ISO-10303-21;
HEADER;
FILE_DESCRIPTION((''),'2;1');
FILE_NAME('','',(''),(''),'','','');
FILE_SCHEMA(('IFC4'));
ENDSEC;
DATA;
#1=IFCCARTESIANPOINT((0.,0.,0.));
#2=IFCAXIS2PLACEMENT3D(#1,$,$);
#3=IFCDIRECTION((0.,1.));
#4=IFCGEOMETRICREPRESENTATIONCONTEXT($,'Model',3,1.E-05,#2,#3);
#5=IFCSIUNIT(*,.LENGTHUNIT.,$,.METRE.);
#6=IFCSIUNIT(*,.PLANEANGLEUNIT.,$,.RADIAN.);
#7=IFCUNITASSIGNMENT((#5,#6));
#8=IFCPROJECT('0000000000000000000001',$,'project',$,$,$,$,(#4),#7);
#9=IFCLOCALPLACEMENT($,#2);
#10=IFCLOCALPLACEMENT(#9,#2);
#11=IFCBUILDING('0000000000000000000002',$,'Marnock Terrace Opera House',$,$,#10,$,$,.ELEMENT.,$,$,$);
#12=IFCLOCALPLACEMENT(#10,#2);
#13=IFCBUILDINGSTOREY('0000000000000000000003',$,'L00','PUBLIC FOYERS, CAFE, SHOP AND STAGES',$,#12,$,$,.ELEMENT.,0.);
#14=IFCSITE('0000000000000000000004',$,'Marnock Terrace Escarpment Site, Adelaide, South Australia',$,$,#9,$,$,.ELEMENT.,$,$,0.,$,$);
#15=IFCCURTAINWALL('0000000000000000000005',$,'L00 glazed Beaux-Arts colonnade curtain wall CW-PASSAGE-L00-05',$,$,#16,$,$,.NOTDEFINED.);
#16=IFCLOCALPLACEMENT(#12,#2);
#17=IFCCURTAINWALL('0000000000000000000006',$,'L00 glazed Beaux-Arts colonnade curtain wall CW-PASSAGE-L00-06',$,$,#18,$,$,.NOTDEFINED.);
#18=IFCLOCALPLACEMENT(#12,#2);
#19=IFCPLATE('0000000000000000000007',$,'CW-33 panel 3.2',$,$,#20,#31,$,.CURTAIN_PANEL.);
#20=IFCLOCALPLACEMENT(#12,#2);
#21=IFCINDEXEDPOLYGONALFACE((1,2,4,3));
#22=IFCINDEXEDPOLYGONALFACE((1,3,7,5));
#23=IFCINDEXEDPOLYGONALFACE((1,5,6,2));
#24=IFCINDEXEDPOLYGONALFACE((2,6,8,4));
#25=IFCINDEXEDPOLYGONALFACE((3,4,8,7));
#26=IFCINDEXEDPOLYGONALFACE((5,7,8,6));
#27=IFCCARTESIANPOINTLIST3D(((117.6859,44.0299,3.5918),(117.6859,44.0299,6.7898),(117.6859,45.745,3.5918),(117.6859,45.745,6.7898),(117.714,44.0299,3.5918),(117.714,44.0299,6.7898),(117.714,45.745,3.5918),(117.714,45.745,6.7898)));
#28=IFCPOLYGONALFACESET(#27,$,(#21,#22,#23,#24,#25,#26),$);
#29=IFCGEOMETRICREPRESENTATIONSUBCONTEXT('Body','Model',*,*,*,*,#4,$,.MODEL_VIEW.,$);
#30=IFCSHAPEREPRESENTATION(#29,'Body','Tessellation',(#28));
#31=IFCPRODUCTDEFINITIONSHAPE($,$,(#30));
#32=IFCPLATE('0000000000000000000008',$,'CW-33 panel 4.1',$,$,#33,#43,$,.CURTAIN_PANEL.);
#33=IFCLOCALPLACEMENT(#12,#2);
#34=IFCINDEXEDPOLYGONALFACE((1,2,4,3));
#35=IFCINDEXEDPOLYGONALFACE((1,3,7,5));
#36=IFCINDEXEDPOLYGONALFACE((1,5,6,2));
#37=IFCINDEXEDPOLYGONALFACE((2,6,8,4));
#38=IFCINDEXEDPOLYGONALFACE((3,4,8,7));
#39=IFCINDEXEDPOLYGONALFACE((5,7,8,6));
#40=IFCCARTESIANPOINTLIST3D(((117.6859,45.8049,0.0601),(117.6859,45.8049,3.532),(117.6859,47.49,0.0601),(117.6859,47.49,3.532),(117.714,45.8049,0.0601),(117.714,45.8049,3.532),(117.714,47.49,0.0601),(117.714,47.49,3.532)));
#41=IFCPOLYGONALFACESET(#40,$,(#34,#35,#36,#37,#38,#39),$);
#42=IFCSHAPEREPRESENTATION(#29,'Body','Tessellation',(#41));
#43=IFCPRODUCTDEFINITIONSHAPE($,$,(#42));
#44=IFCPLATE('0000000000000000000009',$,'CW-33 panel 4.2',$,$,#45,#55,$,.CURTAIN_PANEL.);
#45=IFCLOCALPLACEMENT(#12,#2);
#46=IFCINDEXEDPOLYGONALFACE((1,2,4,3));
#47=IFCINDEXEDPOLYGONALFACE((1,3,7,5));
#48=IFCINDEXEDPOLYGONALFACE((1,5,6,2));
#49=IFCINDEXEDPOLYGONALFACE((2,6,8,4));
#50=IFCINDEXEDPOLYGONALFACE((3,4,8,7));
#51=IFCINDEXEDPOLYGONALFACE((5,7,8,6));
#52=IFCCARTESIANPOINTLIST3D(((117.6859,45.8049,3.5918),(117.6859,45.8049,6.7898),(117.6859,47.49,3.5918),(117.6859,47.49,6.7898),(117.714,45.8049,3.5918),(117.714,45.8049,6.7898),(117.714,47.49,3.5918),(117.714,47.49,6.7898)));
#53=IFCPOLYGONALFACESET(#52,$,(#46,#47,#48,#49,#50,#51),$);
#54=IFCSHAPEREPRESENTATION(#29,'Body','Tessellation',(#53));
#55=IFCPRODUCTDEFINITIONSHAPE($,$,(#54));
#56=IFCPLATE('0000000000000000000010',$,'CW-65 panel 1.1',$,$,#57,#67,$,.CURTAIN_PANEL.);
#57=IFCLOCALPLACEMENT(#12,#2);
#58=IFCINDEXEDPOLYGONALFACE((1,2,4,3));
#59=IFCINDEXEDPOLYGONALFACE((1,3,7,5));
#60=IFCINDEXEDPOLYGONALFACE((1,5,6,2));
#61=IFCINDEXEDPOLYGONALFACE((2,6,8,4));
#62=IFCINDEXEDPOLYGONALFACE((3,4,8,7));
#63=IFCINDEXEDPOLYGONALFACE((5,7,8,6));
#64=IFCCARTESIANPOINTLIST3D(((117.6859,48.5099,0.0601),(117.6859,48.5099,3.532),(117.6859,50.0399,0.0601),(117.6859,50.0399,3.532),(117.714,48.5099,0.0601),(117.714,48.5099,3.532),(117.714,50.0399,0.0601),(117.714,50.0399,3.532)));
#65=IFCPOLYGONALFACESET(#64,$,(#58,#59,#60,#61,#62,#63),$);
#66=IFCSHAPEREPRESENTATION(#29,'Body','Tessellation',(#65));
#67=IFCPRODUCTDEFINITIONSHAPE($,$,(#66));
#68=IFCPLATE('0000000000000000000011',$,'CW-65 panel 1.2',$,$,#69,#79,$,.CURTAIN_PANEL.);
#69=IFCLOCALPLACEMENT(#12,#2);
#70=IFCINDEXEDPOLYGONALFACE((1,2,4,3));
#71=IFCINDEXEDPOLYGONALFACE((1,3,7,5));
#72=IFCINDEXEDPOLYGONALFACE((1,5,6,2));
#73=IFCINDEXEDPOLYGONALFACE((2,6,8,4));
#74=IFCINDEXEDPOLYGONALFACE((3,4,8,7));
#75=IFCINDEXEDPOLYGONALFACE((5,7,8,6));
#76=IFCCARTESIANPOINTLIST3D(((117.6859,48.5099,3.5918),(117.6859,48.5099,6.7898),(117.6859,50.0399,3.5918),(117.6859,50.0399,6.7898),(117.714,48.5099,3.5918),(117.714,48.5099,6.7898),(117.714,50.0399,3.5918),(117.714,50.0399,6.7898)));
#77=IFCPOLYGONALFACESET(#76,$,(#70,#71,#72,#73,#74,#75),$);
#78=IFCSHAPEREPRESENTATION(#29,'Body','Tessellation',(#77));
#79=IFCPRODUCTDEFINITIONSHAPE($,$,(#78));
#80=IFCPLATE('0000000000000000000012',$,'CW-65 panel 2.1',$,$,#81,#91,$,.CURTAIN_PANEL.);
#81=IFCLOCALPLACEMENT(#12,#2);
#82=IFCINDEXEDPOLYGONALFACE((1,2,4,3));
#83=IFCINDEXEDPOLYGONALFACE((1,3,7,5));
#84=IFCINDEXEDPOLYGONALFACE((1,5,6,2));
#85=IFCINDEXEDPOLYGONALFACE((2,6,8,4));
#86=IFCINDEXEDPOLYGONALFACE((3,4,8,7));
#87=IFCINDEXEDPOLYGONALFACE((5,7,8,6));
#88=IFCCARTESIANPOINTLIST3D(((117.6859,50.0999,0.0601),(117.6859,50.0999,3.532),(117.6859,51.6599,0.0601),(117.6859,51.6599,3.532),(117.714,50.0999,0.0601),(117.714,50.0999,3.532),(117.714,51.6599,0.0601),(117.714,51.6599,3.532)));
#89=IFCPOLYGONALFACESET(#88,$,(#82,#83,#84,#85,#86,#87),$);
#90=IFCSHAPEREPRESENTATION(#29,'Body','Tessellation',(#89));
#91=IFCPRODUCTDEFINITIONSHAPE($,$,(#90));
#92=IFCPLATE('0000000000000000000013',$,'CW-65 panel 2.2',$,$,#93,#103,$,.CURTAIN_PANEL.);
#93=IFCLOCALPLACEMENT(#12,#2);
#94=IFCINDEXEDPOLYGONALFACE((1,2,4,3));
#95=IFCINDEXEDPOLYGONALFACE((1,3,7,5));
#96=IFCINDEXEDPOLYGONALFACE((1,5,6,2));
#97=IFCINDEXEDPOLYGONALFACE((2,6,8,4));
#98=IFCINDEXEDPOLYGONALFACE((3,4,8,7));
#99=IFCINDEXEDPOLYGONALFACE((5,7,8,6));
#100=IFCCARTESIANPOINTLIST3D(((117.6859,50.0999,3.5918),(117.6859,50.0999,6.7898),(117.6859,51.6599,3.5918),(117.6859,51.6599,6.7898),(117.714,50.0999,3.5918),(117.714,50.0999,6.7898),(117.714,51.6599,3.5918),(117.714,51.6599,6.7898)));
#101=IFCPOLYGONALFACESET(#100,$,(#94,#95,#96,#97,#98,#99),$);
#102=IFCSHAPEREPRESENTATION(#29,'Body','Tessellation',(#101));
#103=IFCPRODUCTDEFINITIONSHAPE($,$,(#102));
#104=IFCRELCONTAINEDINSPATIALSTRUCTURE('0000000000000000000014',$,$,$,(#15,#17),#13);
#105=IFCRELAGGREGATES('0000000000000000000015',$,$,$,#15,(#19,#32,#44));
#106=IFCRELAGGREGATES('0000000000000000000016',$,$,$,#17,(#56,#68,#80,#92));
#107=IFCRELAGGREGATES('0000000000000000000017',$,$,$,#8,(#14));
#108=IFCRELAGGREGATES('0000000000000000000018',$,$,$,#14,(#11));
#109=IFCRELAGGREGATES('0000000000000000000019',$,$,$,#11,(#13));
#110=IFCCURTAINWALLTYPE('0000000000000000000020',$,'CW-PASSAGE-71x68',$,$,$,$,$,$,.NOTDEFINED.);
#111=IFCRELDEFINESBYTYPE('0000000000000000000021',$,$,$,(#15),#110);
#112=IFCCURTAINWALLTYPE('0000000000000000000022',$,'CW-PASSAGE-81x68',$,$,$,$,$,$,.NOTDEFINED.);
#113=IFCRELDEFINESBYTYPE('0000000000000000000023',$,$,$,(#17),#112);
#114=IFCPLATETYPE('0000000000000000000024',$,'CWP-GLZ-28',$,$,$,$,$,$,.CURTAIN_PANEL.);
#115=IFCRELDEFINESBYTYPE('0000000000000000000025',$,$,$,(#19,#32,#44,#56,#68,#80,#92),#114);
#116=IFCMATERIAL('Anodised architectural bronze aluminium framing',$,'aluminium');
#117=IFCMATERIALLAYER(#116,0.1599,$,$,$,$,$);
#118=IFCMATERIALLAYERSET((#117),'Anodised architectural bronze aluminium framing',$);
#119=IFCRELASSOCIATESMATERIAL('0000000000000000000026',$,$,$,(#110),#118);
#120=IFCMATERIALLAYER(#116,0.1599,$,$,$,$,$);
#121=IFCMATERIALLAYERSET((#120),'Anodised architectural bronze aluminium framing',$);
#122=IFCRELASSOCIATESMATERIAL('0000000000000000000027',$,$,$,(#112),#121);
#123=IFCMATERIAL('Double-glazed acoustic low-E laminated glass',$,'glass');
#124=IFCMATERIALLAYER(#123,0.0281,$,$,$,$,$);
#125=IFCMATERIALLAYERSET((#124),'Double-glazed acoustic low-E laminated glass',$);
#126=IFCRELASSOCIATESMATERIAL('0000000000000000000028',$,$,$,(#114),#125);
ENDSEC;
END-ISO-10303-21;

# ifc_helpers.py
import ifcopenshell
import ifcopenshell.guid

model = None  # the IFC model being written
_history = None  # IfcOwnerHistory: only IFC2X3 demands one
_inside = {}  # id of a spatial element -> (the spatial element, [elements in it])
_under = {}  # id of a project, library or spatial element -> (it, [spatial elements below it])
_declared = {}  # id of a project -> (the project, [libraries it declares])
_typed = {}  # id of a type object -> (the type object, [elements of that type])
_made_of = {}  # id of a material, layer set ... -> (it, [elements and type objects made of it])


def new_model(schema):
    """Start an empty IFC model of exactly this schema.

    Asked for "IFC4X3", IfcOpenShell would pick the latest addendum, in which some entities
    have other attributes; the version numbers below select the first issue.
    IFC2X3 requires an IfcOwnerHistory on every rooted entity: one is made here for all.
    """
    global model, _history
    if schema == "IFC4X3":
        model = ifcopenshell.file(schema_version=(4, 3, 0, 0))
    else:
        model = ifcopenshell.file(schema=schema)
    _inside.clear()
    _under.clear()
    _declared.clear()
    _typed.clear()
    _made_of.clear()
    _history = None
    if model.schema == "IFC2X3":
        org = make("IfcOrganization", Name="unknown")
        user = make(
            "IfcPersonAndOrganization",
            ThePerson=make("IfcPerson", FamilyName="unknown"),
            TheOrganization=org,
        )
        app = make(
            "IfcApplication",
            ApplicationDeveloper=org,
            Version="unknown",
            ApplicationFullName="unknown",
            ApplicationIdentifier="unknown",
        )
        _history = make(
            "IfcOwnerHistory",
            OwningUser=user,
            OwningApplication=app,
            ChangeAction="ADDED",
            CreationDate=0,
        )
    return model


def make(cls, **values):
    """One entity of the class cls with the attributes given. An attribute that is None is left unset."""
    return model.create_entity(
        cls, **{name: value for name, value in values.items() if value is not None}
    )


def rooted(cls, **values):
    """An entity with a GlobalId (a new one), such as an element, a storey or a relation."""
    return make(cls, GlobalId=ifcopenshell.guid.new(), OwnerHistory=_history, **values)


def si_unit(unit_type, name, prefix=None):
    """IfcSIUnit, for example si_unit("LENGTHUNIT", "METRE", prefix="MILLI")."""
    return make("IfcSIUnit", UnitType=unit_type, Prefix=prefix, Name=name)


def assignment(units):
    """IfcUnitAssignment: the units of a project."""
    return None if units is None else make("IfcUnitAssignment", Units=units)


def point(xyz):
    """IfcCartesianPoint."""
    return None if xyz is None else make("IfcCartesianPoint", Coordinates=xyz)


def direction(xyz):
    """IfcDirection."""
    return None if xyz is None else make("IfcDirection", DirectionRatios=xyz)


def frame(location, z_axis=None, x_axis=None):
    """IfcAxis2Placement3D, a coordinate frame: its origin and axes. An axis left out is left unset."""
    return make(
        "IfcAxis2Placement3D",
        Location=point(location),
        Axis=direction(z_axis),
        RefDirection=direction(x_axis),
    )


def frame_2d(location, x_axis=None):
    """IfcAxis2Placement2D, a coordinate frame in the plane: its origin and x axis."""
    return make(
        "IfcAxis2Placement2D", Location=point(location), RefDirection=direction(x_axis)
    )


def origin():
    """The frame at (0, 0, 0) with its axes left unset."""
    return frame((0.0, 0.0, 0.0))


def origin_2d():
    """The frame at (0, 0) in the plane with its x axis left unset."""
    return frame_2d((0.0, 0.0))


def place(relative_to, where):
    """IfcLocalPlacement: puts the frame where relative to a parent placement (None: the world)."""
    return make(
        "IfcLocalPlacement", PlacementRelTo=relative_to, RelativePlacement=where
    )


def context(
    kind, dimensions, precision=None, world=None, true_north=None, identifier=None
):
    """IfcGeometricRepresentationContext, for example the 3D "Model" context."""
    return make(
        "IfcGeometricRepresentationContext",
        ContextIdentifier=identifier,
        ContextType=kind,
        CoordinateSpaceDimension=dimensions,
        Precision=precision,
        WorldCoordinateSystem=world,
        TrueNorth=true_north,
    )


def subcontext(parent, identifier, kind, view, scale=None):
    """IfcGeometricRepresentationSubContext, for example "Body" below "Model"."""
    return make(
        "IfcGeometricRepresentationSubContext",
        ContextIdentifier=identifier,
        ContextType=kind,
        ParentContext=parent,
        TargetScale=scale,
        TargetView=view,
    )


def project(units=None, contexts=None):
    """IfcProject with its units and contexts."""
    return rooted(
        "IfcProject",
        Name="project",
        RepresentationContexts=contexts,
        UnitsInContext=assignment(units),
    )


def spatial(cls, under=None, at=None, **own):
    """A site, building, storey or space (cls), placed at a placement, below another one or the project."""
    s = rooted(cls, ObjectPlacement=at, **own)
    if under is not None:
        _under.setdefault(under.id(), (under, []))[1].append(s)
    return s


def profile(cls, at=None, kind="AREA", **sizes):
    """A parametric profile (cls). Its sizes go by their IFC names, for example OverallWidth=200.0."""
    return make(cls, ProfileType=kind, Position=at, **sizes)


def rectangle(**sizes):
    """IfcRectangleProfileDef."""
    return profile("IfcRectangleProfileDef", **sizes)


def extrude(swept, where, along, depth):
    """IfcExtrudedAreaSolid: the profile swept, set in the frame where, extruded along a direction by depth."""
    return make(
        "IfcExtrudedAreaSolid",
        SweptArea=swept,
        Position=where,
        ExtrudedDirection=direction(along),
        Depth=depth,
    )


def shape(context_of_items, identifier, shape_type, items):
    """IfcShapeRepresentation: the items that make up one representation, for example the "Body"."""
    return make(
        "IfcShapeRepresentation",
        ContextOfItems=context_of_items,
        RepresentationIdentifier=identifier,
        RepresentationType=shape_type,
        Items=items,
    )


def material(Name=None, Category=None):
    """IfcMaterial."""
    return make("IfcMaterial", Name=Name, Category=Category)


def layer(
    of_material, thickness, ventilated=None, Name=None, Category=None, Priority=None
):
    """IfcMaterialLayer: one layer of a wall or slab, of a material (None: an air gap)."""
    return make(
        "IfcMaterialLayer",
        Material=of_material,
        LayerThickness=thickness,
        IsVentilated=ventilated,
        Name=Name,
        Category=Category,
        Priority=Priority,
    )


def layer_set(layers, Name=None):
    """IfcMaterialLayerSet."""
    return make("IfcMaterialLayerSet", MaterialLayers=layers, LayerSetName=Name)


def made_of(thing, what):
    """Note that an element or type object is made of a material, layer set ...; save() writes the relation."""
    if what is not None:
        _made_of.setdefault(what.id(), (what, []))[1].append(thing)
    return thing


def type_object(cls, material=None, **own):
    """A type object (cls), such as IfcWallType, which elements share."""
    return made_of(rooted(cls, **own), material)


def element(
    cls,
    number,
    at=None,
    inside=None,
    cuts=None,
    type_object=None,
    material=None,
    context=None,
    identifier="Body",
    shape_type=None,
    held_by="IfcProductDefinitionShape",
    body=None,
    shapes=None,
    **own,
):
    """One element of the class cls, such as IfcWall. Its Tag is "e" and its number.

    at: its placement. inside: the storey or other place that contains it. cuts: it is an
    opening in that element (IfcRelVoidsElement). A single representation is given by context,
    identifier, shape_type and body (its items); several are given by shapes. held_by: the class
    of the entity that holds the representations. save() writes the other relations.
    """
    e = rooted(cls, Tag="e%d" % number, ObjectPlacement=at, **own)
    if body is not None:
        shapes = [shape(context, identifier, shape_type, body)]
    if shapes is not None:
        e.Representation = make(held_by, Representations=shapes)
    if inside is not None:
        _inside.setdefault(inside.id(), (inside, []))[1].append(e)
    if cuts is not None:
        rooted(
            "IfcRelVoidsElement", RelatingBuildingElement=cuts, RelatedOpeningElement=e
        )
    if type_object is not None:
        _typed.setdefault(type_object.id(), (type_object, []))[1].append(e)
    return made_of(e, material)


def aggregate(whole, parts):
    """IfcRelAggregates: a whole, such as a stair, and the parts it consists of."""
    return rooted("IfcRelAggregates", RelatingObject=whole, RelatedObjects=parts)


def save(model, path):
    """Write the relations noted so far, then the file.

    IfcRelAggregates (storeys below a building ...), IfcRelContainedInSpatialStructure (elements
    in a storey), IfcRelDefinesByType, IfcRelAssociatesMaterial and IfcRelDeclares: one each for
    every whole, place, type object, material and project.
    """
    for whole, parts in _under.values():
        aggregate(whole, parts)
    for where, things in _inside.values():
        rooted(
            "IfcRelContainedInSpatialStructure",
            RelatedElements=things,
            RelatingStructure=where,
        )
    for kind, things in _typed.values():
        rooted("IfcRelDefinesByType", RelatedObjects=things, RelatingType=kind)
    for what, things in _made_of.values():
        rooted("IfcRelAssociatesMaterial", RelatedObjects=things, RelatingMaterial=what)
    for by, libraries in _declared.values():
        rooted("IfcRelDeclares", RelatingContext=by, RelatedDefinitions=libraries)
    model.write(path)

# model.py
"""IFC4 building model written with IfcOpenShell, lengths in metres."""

from ifc_helpers import new_model, si_unit, direction, frame, origin, origin_2d, place, context, subcontext, project, spatial, rectangle, extrude, material, layer, layer_set, type_object, element, aggregate, save


model = new_model("IFC4")

# Units and contexts
model_context = context("Model", 3, precision=1e-05, world=origin(), true_north=direction((0.0, 1.0)))
body_context = subcontext(model_context, "Body", "Model", "MODEL_VIEW")
ifc_project = project(units=[si_unit("LENGTHUNIT", "METRE"), si_unit("PLANEANGLEUNIT", "RADIAN")], contexts=[model_context])

# Site, building, storey
site_placement = place(None, origin())
site = spatial("IfcSite", under=ifc_project, at=site_placement, Name="Marnock Terrace Escarpment Site, Adelaide, South Australia", CompositionType="ELEMENT", RefElevation=0.0)
building_placement = place(site_placement, origin())
building = spatial("IfcBuilding", under=site, at=building_placement, Name="Marnock Terrace Opera House", CompositionType="ELEMENT")
storey_placement = place(building_placement, origin())
storey = spatial("IfcBuildingStorey", under=building, at=storey_placement, Name="L00", Description="PUBLIC FOYERS, CAFE, SHOP AND STAGES", CompositionType="ELEMENT", Elevation=0.0)

# Shared definitions
ifc_material_1 = material(Name="Anodised architectural bronze aluminium framing", Category="aluminium")

# Curtain walls
ifc_layer_1 = layer(ifc_material_1, 0.1599)
ifc_layer_set_1 = layer_set([ifc_layer_1], Name="Anodised architectural bronze aluminium framing")
curtain_wall_type_1 = type_object("IfcCurtainWallType", Name="CW-PASSAGE-71x68", PredefinedType="NOTDEFINED", material=ifc_layer_set_1)
curtain_wall_1_placement = place(storey_placement, origin())
curtain_wall_1 = element("IfcCurtainWall", 1, at=curtain_wall_1_placement, inside=storey, type_object=curtain_wall_type_1, Name="L00 glazed Beaux-Arts colonnade curtain wall CW-PASSAGE-L00-05", PredefinedType="NOTDEFINED")
ifc_layer_2 = layer(ifc_material_1, 0.1599)
ifc_layer_set_2 = layer_set([ifc_layer_2], Name="Anodised architectural bronze aluminium framing")
curtain_wall_type_2 = type_object("IfcCurtainWallType", Name="CW-PASSAGE-81x68", PredefinedType="NOTDEFINED", material=ifc_layer_set_2)
curtain_wall_2_placement = place(storey_placement, origin())
curtain_wall_2 = element("IfcCurtainWall", 2, at=curtain_wall_2_placement, inside=storey, type_object=curtain_wall_type_2, Name="L00 glazed Beaux-Arts colonnade curtain wall CW-PASSAGE-L00-06", PredefinedType="NOTDEFINED")

# Plates
ifc_material_2 = material(Name="Double-glazed acoustic low-E laminated glass", Category="glass")
ifc_layer_3 = layer(ifc_material_2, 0.0281)
ifc_layer_set_3 = layer_set([ifc_layer_3], Name="Double-glazed acoustic low-E laminated glass")
plate_type = type_object("IfcPlateType", Name="CWP-GLZ-28", PredefinedType="CURTAIN_PANEL", material=ifc_layer_set_3)
plate_1_placement = place(storey_placement, frame((117.7, 44.8875, 3.5918), z_axis=(0.0, 0.0, 1.0), x_axis=(0.0, 1.0, 0.0)))
plate_1 = element("IfcPlate", 3, at=plate_1_placement, type_object=plate_type, Name="CW-33 panel 3.2", PredefinedType="CURTAIN_PANEL", context=body_context, shape_type="SweptSolid", body=[
    extrude(rectangle(XDim=1.7151, YDim=0.0281, at=origin_2d()), origin(), (0.0, 0.0, 1.0), 3.198),
])
plate_2_placement = place(storey_placement, frame((117.7, 46.6475, 0.0601), z_axis=(0.0, 0.0, 1.0), x_axis=(0.0, 1.0, 0.0)))
plate_2 = element("IfcPlate", 4, at=plate_2_placement, type_object=plate_type, Name="CW-33 panel 4.1", PredefinedType="CURTAIN_PANEL", context=body_context, shape_type="SweptSolid", body=[
    extrude(rectangle(XDim=1.6851, YDim=0.0281, at=origin_2d()), origin(), (0.0, 0.0, 1.0), 3.4719),
])
plate_3_placement = place(storey_placement, frame((117.7, 46.6475, 3.5918), z_axis=(0.0, 0.0, 1.0), x_axis=(0.0, 1.0, 0.0)))
plate_3 = element("IfcPlate", 5, at=plate_3_placement, type_object=plate_type, Name="CW-33 panel 4.2", PredefinedType="CURTAIN_PANEL", context=body_context, shape_type="SweptSolid", body=[
    extrude(rectangle(XDim=1.6851, YDim=0.0281, at=origin_2d()), origin(), (0.0, 0.0, 1.0), 3.198),
])
aggregate(curtain_wall_1, [plate_1, plate_2, plate_3])
plate_4_placement = place(storey_placement, frame((117.7, 49.2749, 0.0601), z_axis=(0.0, 0.0, 1.0), x_axis=(0.0, 1.0, 0.0)))
plate_4 = element("IfcPlate", 6, at=plate_4_placement, type_object=plate_type, Name="CW-65 panel 1.1", PredefinedType="CURTAIN_PANEL", context=body_context, shape_type="SweptSolid", body=[
    extrude(rectangle(XDim=1.53, YDim=0.0281, at=origin_2d()), origin(), (0.0, 0.0, 1.0), 3.4719),
])
plate_5_placement = place(storey_placement, frame((117.7, 49.2749, 3.5918), z_axis=(0.0, 0.0, 1.0), x_axis=(0.0, 1.0, 0.0)))
plate_5 = element("IfcPlate", 7, at=plate_5_placement, type_object=plate_type, Name="CW-65 panel 1.2", PredefinedType="CURTAIN_PANEL", context=body_context, shape_type="SweptSolid", body=[
    extrude(rectangle(XDim=1.53, YDim=0.0281, at=origin_2d()), origin(), (0.0, 0.0, 1.0), 3.198),
])
plate_6_placement = place(storey_placement, frame((117.7, 50.8799, 0.0601), z_axis=(0.0, 0.0, 1.0), x_axis=(0.0, 1.0, 0.0)))
plate_6 = element("IfcPlate", 8, at=plate_6_placement, type_object=plate_type, Name="CW-65 panel 2.1", PredefinedType="CURTAIN_PANEL", context=body_context, shape_type="SweptSolid", body=[
    extrude(rectangle(XDim=1.5601, YDim=0.0281, at=origin_2d()), origin(), (0.0, 0.0, 1.0), 3.4719),
])
plate_7_placement = place(storey_placement, frame((117.7, 50.8799, 3.5918), z_axis=(0.0, 0.0, 1.0), x_axis=(0.0, 1.0, 0.0)))
plate_7 = element("IfcPlate", 9, at=plate_7_placement, type_object=plate_type, Name="CW-65 panel 2.2", PredefinedType="CURTAIN_PANEL", context=body_context, shape_type="SweptSolid", body=[
    extrude(rectangle(XDim=1.5601, YDim=0.0281, at=origin_2d()), origin(), (0.0, 0.0, 1.0), 3.198),
])
aggregate(curtain_wall_2, [plate_4, plate_5, plate_6, plate_7])

save(model, "model.ifc")
